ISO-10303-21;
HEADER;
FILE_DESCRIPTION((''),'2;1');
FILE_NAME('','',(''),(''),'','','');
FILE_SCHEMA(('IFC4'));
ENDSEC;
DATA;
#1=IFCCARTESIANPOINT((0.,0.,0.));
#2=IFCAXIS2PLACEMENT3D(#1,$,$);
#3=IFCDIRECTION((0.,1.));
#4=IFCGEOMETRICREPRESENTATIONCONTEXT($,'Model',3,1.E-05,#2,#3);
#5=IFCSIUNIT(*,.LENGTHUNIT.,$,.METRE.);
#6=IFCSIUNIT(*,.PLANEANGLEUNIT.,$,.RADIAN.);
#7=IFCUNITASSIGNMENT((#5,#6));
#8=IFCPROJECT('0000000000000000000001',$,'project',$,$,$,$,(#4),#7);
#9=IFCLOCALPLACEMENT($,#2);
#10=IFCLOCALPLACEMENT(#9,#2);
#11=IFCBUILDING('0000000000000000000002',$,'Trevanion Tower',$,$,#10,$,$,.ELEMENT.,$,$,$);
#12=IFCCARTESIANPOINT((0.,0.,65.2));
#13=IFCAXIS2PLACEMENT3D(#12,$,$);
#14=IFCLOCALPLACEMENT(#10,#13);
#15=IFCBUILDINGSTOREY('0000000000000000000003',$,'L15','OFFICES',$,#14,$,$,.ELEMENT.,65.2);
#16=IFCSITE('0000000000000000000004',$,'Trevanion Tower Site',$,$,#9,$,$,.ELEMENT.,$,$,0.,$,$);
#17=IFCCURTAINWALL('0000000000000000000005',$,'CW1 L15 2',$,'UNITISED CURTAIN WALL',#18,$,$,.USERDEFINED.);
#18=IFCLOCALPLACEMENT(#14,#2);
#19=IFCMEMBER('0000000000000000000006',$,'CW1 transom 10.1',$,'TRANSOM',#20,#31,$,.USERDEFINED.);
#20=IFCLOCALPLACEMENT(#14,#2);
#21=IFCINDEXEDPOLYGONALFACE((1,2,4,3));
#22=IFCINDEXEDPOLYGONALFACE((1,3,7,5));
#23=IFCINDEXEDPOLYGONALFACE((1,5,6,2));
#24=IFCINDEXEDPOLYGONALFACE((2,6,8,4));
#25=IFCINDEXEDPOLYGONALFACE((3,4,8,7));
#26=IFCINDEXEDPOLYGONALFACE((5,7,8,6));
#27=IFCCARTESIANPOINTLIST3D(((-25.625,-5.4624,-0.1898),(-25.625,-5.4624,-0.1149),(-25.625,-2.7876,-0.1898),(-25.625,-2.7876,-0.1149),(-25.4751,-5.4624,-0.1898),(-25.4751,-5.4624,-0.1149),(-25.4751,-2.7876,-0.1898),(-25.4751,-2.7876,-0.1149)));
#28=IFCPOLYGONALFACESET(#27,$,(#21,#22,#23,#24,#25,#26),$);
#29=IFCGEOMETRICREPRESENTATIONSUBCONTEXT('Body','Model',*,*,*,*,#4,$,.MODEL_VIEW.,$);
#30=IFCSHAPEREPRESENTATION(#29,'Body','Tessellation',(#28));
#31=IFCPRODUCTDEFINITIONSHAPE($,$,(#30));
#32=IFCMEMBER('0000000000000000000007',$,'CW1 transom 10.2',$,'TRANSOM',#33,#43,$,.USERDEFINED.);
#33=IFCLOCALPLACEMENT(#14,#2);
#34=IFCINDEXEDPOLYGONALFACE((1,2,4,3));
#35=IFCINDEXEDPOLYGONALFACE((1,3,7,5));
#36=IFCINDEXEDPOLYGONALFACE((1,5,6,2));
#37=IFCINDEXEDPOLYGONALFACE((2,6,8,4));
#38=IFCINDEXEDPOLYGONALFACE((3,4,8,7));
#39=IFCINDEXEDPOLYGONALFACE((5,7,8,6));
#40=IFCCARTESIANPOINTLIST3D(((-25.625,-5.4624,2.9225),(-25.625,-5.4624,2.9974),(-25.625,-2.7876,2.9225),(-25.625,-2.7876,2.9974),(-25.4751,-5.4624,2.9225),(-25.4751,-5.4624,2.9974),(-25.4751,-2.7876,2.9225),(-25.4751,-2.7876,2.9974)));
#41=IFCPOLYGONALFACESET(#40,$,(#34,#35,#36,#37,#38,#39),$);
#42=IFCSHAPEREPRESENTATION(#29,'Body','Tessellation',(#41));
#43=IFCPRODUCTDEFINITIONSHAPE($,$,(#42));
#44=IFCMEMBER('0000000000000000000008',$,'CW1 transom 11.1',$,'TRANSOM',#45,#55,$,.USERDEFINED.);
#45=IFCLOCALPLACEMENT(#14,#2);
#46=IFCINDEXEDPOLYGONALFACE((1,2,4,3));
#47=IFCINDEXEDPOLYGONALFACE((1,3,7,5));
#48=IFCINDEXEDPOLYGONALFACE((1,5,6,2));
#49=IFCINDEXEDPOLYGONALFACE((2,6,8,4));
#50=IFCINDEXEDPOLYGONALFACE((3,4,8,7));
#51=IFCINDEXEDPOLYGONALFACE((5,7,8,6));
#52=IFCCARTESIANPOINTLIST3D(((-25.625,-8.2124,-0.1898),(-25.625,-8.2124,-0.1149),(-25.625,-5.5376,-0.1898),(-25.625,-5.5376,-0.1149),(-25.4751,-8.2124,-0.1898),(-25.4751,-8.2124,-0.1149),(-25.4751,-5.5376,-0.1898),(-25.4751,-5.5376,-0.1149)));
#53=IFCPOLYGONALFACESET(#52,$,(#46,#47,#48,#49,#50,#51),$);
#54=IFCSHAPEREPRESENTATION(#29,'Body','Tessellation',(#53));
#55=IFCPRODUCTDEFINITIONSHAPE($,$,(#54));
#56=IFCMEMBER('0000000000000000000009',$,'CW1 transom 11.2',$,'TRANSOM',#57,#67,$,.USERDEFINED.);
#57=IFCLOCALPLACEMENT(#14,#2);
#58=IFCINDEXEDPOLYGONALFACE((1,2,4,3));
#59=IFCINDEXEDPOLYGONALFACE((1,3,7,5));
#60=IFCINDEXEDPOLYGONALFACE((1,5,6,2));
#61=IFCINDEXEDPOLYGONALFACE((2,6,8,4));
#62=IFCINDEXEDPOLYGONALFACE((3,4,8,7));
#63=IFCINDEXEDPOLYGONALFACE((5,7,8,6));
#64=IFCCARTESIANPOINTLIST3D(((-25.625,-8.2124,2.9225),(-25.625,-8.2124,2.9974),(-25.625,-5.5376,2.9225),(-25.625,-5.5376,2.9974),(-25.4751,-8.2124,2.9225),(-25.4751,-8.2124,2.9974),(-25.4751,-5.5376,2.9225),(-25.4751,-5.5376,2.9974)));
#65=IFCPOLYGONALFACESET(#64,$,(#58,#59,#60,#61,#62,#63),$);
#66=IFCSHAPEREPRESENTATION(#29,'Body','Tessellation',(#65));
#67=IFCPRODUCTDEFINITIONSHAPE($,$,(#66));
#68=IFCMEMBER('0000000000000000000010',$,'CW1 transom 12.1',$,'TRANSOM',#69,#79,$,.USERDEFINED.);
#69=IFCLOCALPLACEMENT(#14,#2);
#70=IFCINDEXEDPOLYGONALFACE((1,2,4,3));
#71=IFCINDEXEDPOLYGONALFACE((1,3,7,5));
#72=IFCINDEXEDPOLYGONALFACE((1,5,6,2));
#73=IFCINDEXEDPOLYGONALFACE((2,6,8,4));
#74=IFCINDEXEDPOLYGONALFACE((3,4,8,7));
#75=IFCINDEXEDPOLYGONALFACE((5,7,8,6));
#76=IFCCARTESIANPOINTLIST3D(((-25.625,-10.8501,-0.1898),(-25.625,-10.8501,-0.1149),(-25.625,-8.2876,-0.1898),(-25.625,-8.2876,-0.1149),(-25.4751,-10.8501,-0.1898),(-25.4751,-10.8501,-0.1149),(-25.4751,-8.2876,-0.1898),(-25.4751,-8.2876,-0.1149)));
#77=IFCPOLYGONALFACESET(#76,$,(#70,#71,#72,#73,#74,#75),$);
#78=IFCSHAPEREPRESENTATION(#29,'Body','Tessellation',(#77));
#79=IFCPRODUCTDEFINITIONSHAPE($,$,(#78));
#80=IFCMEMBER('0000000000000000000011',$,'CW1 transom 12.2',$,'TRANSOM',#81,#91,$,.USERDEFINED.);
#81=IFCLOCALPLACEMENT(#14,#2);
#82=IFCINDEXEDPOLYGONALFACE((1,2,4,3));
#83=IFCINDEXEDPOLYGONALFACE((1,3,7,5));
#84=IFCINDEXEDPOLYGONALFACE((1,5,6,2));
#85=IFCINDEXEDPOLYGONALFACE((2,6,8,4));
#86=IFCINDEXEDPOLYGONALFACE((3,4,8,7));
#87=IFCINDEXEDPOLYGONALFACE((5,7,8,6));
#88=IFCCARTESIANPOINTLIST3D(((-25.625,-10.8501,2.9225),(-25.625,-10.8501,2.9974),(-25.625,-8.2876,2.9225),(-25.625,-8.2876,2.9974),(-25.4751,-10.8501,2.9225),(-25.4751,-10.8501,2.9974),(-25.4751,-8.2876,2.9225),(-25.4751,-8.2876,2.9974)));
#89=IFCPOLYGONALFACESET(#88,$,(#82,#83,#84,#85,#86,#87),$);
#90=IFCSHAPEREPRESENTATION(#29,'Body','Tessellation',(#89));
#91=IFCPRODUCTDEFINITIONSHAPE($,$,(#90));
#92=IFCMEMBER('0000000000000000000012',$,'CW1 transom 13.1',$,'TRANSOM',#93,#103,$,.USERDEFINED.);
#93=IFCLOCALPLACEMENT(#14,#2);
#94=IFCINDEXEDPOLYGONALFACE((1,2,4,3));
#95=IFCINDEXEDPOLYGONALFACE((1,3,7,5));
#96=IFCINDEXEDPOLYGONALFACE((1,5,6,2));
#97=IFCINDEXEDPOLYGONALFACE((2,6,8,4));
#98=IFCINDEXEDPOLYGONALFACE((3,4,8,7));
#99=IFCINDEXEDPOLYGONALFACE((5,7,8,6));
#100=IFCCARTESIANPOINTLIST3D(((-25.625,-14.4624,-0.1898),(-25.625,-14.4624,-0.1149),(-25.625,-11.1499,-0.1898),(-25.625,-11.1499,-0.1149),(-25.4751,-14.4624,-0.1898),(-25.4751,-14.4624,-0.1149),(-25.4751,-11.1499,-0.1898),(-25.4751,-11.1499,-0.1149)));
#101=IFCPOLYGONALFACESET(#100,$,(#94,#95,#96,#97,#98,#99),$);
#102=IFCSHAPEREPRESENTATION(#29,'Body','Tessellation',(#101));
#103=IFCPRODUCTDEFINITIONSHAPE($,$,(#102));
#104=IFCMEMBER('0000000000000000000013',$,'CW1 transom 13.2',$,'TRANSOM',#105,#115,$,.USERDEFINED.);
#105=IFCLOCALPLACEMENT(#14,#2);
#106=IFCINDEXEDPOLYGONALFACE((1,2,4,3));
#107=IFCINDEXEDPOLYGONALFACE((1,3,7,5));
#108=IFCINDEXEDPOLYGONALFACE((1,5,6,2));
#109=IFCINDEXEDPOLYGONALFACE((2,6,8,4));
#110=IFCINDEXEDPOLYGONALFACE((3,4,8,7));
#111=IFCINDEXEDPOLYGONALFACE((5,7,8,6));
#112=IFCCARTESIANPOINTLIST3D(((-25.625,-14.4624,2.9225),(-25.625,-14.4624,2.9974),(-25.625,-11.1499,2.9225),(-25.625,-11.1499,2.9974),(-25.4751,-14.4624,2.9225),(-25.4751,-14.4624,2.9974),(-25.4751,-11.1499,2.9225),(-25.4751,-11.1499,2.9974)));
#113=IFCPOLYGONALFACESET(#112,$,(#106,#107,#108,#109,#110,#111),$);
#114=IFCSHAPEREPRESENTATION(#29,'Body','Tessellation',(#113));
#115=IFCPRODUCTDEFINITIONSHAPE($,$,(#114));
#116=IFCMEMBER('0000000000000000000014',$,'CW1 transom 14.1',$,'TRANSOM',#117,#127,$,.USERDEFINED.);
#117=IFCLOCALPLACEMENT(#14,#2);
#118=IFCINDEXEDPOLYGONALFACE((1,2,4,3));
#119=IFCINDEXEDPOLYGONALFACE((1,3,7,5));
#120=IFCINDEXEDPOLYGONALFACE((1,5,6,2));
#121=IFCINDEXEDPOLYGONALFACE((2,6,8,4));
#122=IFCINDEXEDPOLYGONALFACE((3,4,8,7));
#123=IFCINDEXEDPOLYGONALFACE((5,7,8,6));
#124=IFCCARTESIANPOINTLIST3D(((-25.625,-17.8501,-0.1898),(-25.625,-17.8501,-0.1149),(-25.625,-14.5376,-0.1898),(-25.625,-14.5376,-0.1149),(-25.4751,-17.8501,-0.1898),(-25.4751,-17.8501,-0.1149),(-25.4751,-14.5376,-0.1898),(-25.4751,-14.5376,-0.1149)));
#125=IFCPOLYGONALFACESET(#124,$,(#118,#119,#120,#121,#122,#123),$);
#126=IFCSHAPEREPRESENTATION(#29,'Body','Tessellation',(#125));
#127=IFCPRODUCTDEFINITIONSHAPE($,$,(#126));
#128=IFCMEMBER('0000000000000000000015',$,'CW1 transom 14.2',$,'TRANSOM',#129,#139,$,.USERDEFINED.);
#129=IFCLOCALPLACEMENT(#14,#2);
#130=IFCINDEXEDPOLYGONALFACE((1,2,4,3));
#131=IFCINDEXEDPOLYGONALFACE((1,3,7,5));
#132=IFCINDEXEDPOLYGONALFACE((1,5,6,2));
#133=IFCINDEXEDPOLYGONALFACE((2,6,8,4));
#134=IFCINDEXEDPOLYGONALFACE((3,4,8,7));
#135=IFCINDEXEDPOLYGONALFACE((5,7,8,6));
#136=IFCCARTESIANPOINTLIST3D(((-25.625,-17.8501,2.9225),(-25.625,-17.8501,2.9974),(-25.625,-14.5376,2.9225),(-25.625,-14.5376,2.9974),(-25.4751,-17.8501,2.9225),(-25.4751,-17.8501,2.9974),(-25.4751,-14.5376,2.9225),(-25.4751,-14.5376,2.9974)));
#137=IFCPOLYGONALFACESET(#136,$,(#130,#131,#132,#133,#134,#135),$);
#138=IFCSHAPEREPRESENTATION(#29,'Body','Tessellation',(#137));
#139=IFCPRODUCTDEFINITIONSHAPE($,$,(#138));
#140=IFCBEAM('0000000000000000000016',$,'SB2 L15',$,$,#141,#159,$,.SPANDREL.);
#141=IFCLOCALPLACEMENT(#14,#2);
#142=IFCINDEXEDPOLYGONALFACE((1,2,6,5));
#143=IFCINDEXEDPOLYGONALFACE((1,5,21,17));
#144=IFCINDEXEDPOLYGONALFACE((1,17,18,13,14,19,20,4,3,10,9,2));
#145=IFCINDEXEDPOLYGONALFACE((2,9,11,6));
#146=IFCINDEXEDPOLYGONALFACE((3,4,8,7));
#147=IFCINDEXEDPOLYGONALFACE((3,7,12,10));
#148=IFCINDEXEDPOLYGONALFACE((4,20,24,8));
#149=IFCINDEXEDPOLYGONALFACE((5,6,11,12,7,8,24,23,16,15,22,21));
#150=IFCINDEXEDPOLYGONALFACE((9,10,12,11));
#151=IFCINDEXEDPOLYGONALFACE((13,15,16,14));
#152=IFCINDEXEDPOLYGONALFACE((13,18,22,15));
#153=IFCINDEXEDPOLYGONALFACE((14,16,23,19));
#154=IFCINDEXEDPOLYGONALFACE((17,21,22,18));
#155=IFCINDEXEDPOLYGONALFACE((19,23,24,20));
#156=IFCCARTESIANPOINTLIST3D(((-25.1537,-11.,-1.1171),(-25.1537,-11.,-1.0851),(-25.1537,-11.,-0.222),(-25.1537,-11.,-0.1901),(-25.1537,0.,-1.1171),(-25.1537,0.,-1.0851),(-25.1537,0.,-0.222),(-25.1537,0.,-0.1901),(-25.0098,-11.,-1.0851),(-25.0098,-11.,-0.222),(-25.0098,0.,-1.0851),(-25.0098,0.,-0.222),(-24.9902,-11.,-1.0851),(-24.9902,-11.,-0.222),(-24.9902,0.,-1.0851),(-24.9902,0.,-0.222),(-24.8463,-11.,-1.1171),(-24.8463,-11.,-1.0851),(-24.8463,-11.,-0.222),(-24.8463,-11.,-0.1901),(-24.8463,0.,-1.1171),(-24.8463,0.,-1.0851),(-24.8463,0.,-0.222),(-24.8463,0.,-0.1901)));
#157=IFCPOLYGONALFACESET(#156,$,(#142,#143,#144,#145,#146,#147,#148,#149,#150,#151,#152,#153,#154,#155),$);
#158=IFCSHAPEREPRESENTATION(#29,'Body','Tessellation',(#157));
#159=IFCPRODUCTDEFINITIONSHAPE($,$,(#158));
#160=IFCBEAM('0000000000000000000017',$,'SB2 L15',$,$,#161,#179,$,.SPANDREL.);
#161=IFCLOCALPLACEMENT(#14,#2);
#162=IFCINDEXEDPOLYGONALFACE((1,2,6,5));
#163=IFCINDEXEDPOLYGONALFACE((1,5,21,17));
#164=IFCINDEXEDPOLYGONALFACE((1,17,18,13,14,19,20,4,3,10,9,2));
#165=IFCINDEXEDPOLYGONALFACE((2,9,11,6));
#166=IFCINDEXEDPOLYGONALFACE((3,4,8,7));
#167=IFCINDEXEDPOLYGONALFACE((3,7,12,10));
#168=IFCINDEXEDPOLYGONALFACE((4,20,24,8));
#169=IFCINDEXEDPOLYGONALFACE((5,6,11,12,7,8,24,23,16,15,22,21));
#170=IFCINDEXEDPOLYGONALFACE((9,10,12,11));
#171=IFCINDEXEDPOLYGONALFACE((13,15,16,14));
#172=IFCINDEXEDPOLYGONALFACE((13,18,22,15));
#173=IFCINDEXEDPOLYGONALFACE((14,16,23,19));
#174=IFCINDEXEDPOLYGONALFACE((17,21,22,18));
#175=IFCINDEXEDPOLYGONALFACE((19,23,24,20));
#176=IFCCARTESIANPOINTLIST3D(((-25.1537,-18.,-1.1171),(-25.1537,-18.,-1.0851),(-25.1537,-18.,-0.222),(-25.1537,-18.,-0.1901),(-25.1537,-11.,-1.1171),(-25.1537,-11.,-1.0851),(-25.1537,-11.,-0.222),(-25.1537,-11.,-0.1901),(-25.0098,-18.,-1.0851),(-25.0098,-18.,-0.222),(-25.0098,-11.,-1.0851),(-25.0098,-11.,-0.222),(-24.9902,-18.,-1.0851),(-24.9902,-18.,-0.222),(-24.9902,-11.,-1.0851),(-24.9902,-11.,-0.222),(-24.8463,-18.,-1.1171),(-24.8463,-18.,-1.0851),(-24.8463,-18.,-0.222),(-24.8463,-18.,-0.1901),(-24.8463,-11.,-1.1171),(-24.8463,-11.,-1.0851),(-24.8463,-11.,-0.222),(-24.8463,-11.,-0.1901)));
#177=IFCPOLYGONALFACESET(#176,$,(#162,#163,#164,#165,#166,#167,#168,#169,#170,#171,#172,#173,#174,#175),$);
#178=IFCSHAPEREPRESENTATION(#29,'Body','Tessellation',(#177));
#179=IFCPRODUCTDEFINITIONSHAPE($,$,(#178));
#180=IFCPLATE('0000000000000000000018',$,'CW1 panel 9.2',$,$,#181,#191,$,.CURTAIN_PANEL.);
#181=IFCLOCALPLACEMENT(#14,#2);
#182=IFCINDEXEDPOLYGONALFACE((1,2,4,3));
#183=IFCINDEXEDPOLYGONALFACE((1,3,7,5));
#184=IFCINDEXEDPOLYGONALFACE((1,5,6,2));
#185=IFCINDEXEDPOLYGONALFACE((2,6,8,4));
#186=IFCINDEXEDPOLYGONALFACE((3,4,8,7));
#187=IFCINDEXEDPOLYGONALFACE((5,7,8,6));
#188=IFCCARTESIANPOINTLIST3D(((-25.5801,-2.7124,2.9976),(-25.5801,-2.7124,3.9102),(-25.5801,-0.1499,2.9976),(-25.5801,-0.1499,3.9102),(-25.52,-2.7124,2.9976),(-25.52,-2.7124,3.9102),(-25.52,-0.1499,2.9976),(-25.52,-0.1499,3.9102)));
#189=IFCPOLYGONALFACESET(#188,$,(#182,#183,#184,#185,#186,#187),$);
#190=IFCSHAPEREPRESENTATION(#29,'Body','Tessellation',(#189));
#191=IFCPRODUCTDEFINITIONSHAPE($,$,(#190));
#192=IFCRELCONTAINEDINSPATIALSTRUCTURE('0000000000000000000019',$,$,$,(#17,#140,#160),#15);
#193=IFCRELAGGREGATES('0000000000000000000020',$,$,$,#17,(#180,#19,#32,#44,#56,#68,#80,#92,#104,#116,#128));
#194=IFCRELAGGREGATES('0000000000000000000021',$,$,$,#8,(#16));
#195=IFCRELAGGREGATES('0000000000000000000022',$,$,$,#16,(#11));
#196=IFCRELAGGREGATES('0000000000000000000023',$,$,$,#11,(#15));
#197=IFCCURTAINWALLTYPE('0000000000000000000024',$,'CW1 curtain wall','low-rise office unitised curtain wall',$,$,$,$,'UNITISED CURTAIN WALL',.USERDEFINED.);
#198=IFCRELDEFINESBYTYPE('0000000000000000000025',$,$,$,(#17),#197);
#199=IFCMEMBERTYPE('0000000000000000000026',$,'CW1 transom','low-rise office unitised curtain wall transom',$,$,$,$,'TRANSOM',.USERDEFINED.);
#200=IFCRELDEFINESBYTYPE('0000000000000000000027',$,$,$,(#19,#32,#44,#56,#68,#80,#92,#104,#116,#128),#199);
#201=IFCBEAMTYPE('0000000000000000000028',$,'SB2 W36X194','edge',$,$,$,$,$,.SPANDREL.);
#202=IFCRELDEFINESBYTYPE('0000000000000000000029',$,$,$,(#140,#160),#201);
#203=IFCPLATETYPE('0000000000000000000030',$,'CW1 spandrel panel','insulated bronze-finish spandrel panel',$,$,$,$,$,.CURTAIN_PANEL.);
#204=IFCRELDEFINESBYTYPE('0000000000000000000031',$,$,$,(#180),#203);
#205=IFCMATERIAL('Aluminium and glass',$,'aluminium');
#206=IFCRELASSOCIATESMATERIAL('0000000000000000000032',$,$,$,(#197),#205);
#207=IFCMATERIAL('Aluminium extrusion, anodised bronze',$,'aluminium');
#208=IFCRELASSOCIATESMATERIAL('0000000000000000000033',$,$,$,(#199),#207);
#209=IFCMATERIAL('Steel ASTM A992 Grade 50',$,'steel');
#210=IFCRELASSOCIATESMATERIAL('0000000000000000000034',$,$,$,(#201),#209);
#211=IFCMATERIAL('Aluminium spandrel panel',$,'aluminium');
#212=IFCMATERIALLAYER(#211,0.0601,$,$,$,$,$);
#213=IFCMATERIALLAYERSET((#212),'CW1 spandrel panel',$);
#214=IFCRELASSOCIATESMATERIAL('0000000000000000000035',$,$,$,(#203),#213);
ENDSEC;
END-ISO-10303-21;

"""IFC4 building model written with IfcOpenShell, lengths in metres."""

from ifc_helpers import new_model, si_unit, direction, frame, origin, origin_2d, place, context, subcontext, project, spatial, rectangle, i_section, extrude, material, layer, layer_set, material_profile, profile_set, type_object, element, aggregate, save


model = new_model("IFC4")

# Units and contexts
model_context = context("Model", 3, precision=1e-05, world=origin(), true_north=direction((0.0, 1.0)))
body_context = subcontext(model_context, "Body", "Model", "MODEL_VIEW")
ifc_project = project(units=[si_unit("LENGTHUNIT", "METRE"), si_unit("PLANEANGLEUNIT", "RADIAN")], contexts=[model_context])

# Site, building, storey
site_placement = place(None, origin())
site = spatial("IfcSite", under=ifc_project, at=site_placement, Name="Trevanion Tower Site", CompositionType="ELEMENT", RefElevation=0.0)
building_placement = place(site_placement, origin())
building = spatial("IfcBuilding", under=site, at=building_placement, Name="Trevanion Tower", CompositionType="ELEMENT")
storey_placement = place(building_placement, frame((0.0, 0.0, 65.2)))
storey = spatial("IfcBuildingStorey", under=building, at=storey_placement, Name="L15", Description="OFFICES", CompositionType="ELEMENT", Elevation=65.2)

# Curtain wall, members
ifc_material_1 = material(Name="Aluminium and glass", Category="aluminium")
curtain_wall_type = type_object("IfcCurtainWallType", Name="CW1 curtain wall", Description="low-rise office unitised curtain wall", ElementType="UNITISED CURTAIN WALL", PredefinedType="USERDEFINED", material=ifc_material_1)
curtain_wall_placement = place(storey_placement, origin())
curtain_wall = element("IfcCurtainWall", 1, at=curtain_wall_placement, inside=storey, type_object=curtain_wall_type, Name="CW1 L15 2", ObjectType="UNITISED CURTAIN WALL", PredefinedType="USERDEFINED")
ifc_material_2 = material(Name="Aluminium extrusion, anodised bronze", Category="aluminium")
ifc_material_profile_1 = material_profile(ifc_material_2, rectangle(XDim=0.1499, YDim=0.075, at=origin_2d()), Name="CW1 transom")
ifc_profile_set_1 = profile_set([ifc_material_profile_1], Name="Aluminium extrusion, anodised bronze")
member_type_1 = type_object("IfcMemberType", Name="CW1 transom", Description="low-rise office unitised curtain wall transom", ElementType="TRANSOM", PredefinedType="USERDEFINED", material=ifc_profile_set_1)
member_1_placement = place(storey_placement, frame((-25.55, -2.7876, -0.1523), z_axis=(0.0, -1.0, 0.0), x_axis=(1.0, 0.0, 0.0)))
member_1 = element("IfcMember", 2, at=member_1_placement, type_object=member_type_1, Name="CW1 transom 10.1", ObjectType="TRANSOM", PredefinedType="USERDEFINED", context=body_context, shape_type="SweptSolid", body=[
    extrude(rectangle(XDim=0.1499, YDim=0.075, at=origin_2d()), origin(), (0.0, 0.0, 1.0), 2.6748),
])
member_2_placement = place(storey_placement, frame((-25.55, -2.7876, 2.96), z_axis=(0.0, -1.0, 0.0), x_axis=(1.0, 0.0, 0.0)))
member_2 = element("IfcMember", 3, at=member_2_placement, type_object=member_type_1, Name="CW1 transom 10.2", ObjectType="TRANSOM", PredefinedType="USERDEFINED", context=body_context, shape_type="SweptSolid", body=[
    extrude(rectangle(XDim=0.1499, YDim=0.075, at=origin_2d()), origin(), (0.0, 0.0, 1.0), 2.6748),
])
member_3_placement = place(storey_placement, frame((-25.55, -5.5376, -0.1523), z_axis=(0.0, -1.0, 0.0), x_axis=(1.0, 0.0, 0.0)))
member_3 = element("IfcMember", 4, at=member_3_placement, type_object=member_type_1, Name="CW1 transom 11.1", ObjectType="TRANSOM", PredefinedType="USERDEFINED", context=body_context, shape_type="SweptSolid", body=[
    extrude(rectangle(XDim=0.1499, YDim=0.075, at=origin_2d()), origin(), (0.0, 0.0, 1.0), 2.6748),
])
member_4_placement = place(storey_placement, frame((-25.55, -5.5376, 2.96), z_axis=(0.0, -1.0, 0.0), x_axis=(1.0, 0.0, 0.0)))
member_4 = element("IfcMember", 5, at=member_4_placement, type_object=member_type_1, Name="CW1 transom 11.2", ObjectType="TRANSOM", PredefinedType="USERDEFINED", context=body_context, shape_type="SweptSolid", body=[
    extrude(rectangle(XDim=0.1499, YDim=0.075, at=origin_2d()), origin(), (0.0, 0.0, 1.0), 2.6748),
])
member_5_placement = place(storey_placement, frame((-25.55, -8.2876, -0.1523), z_axis=(0.0, -1.0, 0.0), x_axis=(1.0, 0.0, 0.0)))
member_5 = element("IfcMember", 6, at=member_5_placement, type_object=member_type_1, Name="CW1 transom 12.1", ObjectType="TRANSOM", PredefinedType="USERDEFINED", context=body_context, shape_type="SweptSolid", body=[
    extrude(rectangle(XDim=0.1499, YDim=0.075, at=origin_2d()), origin(), (0.0, 0.0, 1.0), 2.5625),
])
member_6_placement = place(storey_placement, frame((-25.55, -8.2876, 2.96), z_axis=(0.0, -1.0, 0.0), x_axis=(1.0, 0.0, 0.0)))
member_6 = element("IfcMember", 7, at=member_6_placement, type_object=member_type_1, Name="CW1 transom 12.2", ObjectType="TRANSOM", PredefinedType="USERDEFINED", context=body_context, shape_type="SweptSolid", body=[
    extrude(rectangle(XDim=0.1499, YDim=0.075, at=origin_2d()), origin(), (0.0, 0.0, 1.0), 2.5625),
])
member_7_placement = place(storey_placement, frame((-25.55, -11.1499, -0.1523), z_axis=(0.0, -1.0, 0.0), x_axis=(1.0, 0.0, 0.0)))
member_7 = element("IfcMember", 8, at=member_7_placement, type_object=member_type_1, Name="CW1 transom 13.1", ObjectType="TRANSOM", PredefinedType="USERDEFINED", context=body_context, shape_type="SweptSolid", body=[
    extrude(rectangle(XDim=0.1499, YDim=0.075, at=origin_2d()), origin(), (0.0, 0.0, 1.0), 3.3125),
])
member_8_placement = place(storey_placement, frame((-25.55, -11.1499, 2.96), z_axis=(0.0, -1.0, 0.0), x_axis=(1.0, 0.0, 0.0)))
member_8 = element("IfcMember", 9, at=member_8_placement, type_object=member_type_1, Name="CW1 transom 13.2", ObjectType="TRANSOM", PredefinedType="USERDEFINED", context=body_context, shape_type="SweptSolid", body=[
    extrude(rectangle(XDim=0.1499, YDim=0.075, at=origin_2d()), origin(), (0.0, 0.0, 1.0), 3.3125),
])
member_9_placement = place(storey_placement, frame((-25.55, -14.5376, -0.1523), z_axis=(0.0, -1.0, 0.0), x_axis=(1.0, 0.0, 0.0)))
member_9 = element("IfcMember", 10, at=member_9_placement, type_object=member_type_1, Name="CW1 transom 14.1", ObjectType="TRANSOM", PredefinedType="USERDEFINED", context=body_context, shape_type="SweptSolid", body=[
    extrude(rectangle(XDim=0.1499, YDim=0.075, at=origin_2d()), origin(), (0.0, 0.0, 1.0), 3.3125),
])
member_10_placement = place(storey_placement, frame((-25.55, -14.5376, 2.96), z_axis=(0.0, -1.0, 0.0), x_axis=(1.0, 0.0, 0.0)))
member_10 = element("IfcMember", 11, at=member_10_placement, type_object=member_type_1, Name="CW1 transom 14.2", ObjectType="TRANSOM", PredefinedType="USERDEFINED", context=body_context, shape_type="SweptSolid", body=[
    extrude(rectangle(XDim=0.1499, YDim=0.075, at=origin_2d()), origin(), (0.0, 0.0, 1.0), 3.3125),
])

# Beams
ifc_material_3 = material(Name="Steel ASTM A992 Grade 50", Category="steel")
ifc_material_profile_2 = material_profile(ifc_material_3, i_section(OverallWidth=0.3074, OverallDepth=0.927, WebThickness=0.0195, FlangeThickness=0.032, at=origin_2d()), Name="W36X194")
ifc_profile_set_2 = profile_set([ifc_material_profile_2], Name="Steel ASTM A992 Grade 50")
beam_type_1 = type_object("IfcBeamType", Name="SB2 W36X194", Description="edge", PredefinedType="SPANDREL", material=ifc_profile_set_2)
beam_1_placement = place(storey_placement, frame((-25.0, 0.0, -0.6536), z_axis=(0.0, -1.0, 0.0), x_axis=(1.0, 0.0, 0.0)))
element("IfcBeam", 12, at=beam_1_placement, inside=storey, type_object=beam_type_1, Name="SB2 L15", PredefinedType="SPANDREL", context=body_context, shape_type="SweptSolid", body=[
    extrude(i_section(OverallWidth=0.3074, OverallDepth=0.927, WebThickness=0.0195, FlangeThickness=0.032, at=origin_2d()), origin(), (0.0, 0.0, 1.0), 11.0),
])
beam_2_placement = place(storey_placement, frame((-25.0, -11.0, -0.6536), z_axis=(0.0, -1.0, 0.0), x_axis=(1.0, 0.0, 0.0)))
element("IfcBeam", 13, at=beam_2_placement, inside=storey, type_object=beam_type_1, Name="SB2 L15", PredefinedType="SPANDREL", context=body_context, shape_type="SweptSolid", body=[
    extrude(i_section(OverallWidth=0.3074, OverallDepth=0.927, WebThickness=0.0195, FlangeThickness=0.032, at=origin_2d()), origin(), (0.0, 0.0, 1.0), 7.0),
])

# Plate
ifc_material_4 = material(Name="Aluminium spandrel panel", Category="aluminium")
ifc_layer_1 = layer(ifc_material_4, 0.0601)
ifc_layer_set_1 = layer_set([ifc_layer_1], Name="CW1 spandrel panel")
plate_type_1 = type_object("IfcPlateType", Name="CW1 spandrel panel", Description="insulated bronze-finish spandrel panel", PredefinedType="CURTAIN_PANEL", material=ifc_layer_set_1)
plate_1_placement = place(storey_placement, frame((-25.55, -1.4312, 2.9976), z_axis=(0.0, 0.0, 1.0), x_axis=(0.0, -1.0, 0.0)))
plate_1 = element("IfcPlate", 14, at=plate_1_placement, type_object=plate_type_1, Name="CW1 panel 9.2", PredefinedType="CURTAIN_PANEL", context=body_context, shape_type="SweptSolid", body=[
    extrude(rectangle(XDim=2.5625, YDim=0.0601, at=origin_2d()), origin(), (0.0, 0.0, 1.0), 0.9126),
])
aggregate(curtain_wall, [plate_1, member_1, member_2, member_3, member_4, member_5, member_6, member_7, member_8, member_9, member_10])

save(model, "model.ifc")
